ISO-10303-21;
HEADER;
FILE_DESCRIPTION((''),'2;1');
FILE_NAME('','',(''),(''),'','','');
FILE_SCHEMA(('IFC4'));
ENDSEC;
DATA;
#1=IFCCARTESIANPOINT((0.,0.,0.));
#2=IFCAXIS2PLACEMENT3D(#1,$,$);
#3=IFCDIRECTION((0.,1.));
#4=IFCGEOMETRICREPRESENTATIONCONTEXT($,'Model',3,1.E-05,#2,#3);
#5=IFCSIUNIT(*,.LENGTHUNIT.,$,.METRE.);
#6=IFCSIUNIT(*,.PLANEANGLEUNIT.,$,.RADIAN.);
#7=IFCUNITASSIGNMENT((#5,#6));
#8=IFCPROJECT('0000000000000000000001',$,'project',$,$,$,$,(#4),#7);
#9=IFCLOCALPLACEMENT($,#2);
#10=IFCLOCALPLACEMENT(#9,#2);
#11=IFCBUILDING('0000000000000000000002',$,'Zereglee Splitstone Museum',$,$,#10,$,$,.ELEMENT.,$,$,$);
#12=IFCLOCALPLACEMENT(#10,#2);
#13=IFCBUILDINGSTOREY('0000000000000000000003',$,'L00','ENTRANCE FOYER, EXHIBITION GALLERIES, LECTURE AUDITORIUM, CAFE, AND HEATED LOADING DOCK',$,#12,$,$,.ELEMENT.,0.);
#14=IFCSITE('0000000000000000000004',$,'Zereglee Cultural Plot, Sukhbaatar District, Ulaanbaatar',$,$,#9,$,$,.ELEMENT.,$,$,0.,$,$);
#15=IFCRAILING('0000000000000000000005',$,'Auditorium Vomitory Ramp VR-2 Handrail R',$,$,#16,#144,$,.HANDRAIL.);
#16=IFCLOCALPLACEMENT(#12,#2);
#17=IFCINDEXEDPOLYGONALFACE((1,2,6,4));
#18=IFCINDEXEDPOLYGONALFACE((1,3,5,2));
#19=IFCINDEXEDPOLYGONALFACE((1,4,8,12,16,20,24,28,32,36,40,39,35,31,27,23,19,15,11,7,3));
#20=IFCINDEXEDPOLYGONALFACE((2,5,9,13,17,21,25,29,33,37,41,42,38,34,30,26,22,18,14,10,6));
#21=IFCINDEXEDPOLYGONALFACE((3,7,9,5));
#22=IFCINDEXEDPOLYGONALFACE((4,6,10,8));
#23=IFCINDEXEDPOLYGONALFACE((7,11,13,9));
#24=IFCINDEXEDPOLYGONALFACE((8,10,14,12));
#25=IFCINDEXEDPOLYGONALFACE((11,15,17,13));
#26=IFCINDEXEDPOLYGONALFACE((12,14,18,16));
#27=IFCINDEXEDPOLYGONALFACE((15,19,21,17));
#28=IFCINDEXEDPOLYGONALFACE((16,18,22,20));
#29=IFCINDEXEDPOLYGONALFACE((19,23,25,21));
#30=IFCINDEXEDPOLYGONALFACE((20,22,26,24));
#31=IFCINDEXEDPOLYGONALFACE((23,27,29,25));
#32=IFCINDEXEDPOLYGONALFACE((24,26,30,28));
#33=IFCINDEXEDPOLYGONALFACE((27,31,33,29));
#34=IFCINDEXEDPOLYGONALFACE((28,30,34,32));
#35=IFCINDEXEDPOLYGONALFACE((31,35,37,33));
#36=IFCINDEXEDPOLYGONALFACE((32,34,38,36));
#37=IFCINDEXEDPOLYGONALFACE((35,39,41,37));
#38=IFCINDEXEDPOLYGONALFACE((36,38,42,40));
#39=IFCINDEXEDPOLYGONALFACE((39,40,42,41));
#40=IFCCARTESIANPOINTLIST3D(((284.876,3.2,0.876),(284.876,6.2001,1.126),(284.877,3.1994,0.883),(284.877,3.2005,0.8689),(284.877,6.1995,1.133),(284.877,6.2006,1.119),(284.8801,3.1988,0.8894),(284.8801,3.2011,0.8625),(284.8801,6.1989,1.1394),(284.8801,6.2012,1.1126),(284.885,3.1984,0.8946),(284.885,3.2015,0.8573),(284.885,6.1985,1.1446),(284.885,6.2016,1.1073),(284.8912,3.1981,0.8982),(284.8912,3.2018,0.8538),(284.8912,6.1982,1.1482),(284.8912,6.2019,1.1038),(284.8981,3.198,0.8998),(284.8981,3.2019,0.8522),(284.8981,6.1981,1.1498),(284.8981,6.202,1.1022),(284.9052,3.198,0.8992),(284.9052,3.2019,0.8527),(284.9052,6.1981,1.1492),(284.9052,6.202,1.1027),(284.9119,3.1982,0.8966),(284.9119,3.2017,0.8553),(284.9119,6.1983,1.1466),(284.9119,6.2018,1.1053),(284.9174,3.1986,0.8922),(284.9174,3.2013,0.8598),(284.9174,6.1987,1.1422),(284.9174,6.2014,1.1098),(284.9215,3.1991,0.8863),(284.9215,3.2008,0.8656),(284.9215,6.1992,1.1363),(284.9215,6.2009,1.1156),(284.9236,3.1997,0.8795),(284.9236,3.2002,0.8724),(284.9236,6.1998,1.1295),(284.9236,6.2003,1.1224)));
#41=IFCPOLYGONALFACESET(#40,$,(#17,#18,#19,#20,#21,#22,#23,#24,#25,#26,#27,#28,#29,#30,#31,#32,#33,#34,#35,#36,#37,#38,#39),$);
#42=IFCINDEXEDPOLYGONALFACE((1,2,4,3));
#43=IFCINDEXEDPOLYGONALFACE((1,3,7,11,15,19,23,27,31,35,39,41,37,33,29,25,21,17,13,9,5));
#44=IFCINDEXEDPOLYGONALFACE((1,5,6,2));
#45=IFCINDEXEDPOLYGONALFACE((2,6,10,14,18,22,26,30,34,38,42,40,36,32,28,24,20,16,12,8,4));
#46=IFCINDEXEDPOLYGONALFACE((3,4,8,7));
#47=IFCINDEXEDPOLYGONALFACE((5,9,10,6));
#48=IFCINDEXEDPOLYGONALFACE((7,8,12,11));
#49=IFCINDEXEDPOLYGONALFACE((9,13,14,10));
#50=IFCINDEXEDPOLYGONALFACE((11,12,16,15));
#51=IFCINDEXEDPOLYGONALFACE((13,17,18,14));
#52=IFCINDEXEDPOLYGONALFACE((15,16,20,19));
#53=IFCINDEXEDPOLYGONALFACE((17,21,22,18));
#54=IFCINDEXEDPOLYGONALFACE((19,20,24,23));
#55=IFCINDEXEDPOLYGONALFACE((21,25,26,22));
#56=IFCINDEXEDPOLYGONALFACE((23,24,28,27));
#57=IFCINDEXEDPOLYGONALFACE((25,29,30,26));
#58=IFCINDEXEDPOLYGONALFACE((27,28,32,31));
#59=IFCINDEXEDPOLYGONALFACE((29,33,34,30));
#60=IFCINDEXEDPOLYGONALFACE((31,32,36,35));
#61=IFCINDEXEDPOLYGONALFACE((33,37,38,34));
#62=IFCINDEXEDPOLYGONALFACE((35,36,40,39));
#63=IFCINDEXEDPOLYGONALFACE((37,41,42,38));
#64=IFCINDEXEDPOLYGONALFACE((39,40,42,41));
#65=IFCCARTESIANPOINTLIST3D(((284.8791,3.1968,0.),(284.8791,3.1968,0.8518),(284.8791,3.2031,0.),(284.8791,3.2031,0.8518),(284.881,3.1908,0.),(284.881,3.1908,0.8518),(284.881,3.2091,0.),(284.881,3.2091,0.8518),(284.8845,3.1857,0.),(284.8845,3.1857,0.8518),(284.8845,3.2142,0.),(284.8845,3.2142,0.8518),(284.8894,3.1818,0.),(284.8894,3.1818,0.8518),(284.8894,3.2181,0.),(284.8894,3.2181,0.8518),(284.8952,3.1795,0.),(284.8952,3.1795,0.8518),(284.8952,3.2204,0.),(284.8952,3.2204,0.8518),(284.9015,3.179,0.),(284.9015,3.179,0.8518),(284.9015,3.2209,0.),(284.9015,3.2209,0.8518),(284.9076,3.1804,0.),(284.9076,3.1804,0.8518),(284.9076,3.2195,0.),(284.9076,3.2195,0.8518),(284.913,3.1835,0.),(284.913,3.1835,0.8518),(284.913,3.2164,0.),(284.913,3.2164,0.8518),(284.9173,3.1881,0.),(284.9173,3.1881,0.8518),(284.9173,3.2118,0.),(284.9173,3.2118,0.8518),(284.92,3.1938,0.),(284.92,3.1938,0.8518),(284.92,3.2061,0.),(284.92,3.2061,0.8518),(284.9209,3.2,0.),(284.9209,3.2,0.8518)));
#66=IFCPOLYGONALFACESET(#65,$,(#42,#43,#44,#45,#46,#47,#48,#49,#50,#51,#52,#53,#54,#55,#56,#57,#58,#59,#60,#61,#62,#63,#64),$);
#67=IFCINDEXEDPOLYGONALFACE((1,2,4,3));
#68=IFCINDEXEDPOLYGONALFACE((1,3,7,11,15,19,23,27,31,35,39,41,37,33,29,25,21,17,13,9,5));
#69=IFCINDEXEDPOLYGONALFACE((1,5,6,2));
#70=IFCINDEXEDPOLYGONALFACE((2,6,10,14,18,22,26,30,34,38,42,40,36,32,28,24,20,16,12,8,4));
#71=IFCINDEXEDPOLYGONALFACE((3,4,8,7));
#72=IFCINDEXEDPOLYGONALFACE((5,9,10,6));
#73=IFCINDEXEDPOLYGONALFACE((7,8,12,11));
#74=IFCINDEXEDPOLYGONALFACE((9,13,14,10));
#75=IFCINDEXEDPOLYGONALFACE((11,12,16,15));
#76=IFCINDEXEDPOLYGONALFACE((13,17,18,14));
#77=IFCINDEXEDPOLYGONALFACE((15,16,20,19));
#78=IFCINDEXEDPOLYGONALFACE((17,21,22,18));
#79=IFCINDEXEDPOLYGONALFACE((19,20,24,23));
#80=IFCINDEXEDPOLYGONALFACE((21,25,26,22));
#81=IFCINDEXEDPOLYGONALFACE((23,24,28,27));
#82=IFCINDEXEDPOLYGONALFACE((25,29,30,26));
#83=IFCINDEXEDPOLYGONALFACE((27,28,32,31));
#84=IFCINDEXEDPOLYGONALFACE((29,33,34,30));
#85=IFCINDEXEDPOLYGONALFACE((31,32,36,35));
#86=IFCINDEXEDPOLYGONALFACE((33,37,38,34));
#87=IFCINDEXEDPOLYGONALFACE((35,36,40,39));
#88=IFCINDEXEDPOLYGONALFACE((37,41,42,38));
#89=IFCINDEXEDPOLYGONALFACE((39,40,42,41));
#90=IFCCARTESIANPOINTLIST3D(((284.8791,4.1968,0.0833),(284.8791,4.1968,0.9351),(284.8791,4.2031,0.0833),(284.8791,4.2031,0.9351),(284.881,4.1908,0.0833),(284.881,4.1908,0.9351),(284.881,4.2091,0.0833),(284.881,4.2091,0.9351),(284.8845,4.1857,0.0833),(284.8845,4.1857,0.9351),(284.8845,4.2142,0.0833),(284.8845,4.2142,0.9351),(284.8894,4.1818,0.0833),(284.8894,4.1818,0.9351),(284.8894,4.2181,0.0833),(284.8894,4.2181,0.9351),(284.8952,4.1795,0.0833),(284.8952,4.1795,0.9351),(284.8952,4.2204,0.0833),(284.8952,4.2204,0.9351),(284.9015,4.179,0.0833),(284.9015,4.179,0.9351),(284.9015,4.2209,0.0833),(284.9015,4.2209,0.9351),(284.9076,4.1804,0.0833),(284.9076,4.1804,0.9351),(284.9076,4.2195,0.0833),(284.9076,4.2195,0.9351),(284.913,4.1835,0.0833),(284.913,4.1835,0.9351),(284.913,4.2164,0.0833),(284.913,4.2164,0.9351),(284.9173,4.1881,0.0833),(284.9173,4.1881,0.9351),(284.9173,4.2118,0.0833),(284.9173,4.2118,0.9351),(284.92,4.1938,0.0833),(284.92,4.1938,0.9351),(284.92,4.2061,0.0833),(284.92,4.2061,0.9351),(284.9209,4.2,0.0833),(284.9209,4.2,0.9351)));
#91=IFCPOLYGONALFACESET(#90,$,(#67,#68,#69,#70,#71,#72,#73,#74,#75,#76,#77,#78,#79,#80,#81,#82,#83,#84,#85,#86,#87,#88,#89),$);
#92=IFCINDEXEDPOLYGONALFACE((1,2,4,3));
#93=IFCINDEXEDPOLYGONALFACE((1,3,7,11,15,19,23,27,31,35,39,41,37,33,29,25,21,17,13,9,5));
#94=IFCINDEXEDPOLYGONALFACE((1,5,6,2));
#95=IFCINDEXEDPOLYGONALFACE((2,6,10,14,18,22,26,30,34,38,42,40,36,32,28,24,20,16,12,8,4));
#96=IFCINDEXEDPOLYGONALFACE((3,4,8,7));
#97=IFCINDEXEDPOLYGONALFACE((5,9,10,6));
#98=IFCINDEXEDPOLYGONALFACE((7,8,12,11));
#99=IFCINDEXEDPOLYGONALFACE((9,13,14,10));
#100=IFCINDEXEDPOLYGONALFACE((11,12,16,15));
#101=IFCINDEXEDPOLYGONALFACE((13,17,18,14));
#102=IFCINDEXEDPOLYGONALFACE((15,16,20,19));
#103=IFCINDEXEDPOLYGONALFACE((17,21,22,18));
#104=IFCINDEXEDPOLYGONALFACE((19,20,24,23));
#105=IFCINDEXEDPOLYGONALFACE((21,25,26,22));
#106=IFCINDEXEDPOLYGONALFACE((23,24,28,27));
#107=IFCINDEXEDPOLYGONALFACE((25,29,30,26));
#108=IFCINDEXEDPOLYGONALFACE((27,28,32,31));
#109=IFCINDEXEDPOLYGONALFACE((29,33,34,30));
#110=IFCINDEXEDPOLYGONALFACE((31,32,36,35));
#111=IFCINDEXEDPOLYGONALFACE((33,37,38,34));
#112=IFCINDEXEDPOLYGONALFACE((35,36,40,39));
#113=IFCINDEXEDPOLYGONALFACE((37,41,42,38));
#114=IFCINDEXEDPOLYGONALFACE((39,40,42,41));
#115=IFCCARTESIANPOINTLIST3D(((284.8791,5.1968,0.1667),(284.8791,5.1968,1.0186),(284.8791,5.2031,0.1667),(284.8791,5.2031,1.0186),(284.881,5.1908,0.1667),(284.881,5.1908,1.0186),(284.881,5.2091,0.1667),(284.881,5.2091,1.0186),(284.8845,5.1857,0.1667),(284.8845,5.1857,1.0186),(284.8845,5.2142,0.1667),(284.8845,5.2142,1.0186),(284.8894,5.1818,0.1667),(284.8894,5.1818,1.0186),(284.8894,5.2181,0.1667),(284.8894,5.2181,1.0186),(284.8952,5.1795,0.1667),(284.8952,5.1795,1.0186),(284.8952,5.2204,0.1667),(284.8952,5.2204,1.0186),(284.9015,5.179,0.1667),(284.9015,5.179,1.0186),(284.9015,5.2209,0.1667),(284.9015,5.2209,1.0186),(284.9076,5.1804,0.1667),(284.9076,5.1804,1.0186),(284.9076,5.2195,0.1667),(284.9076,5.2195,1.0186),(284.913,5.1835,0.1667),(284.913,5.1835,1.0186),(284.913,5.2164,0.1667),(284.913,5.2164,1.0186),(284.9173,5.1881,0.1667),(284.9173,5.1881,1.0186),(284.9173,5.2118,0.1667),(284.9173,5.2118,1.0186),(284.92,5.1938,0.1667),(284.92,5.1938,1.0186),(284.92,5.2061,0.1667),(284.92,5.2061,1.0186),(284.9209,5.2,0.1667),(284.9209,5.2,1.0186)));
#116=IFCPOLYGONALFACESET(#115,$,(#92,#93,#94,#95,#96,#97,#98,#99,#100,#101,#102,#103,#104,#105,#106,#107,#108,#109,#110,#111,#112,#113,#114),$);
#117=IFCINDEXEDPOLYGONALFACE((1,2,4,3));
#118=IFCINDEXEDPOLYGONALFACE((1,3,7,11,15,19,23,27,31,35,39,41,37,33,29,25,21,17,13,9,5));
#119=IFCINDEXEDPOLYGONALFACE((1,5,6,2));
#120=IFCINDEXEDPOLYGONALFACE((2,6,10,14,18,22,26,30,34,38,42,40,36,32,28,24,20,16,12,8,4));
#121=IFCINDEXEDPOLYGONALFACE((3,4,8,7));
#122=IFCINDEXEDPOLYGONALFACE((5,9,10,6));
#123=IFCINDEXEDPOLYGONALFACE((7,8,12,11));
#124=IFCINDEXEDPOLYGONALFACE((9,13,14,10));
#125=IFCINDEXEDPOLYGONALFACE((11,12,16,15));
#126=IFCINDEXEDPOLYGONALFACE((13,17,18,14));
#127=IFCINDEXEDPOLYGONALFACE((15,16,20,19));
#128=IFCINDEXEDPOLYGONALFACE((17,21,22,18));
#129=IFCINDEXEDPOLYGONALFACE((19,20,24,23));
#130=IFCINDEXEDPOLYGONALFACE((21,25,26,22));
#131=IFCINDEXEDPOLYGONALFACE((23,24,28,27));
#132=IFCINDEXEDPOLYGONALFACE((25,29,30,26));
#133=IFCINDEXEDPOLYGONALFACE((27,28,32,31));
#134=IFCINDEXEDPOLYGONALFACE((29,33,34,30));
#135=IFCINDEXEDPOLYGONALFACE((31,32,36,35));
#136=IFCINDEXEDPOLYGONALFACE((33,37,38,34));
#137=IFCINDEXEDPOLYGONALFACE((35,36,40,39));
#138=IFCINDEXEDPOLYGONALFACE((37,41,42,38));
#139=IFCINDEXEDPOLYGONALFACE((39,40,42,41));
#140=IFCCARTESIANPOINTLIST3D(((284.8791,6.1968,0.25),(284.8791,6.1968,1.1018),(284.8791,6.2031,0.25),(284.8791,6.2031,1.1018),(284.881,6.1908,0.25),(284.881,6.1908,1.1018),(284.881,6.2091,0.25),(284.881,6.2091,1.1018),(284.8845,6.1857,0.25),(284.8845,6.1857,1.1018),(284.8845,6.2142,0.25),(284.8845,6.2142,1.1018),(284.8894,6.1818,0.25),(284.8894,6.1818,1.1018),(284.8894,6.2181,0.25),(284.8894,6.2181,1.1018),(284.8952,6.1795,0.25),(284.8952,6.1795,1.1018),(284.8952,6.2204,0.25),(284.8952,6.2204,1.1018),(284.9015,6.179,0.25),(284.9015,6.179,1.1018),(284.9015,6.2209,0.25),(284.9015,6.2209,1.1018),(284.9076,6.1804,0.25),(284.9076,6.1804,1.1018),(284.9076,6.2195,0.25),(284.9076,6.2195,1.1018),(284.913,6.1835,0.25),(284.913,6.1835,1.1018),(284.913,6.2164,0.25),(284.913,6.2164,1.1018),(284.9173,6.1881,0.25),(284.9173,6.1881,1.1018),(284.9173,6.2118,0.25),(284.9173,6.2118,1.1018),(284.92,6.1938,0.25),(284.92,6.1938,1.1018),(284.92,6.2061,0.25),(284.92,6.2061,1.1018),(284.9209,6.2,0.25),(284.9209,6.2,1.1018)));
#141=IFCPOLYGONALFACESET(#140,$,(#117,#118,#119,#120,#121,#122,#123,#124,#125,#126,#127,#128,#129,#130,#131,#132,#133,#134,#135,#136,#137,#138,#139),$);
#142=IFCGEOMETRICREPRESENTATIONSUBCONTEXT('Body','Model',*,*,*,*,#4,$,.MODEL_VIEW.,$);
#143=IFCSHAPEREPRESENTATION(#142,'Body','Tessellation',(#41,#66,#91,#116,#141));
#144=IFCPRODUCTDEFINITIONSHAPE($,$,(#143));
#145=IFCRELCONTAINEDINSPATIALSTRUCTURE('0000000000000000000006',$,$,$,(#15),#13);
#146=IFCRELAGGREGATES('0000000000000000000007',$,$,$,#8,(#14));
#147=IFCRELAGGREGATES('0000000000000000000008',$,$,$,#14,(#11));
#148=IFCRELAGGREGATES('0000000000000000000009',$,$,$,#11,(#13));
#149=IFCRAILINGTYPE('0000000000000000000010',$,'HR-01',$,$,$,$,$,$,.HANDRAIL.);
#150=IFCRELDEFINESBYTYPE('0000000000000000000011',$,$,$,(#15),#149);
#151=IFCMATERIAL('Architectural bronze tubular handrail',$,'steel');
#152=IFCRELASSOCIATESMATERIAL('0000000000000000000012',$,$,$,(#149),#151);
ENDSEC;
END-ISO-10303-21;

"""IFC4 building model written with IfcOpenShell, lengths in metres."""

from ifc_helpers import new_model, si_unit, direction, frame, origin, origin_2d, place, context, subcontext, project, spatial, circle, extrude, material, type_object, element, save


model = new_model("IFC4")

# Units and contexts
model_context = context("Model", 3, precision=1e-05, world=origin(), true_north=direction((0.0, 1.0)))
body_context = subcontext(model_context, "Body", "Model", "MODEL_VIEW")
ifc_project = project(units=[si_unit("LENGTHUNIT", "METRE"), si_unit("PLANEANGLEUNIT", "RADIAN")], contexts=[model_context])

# Site, building, storey
site_placement = place(None, origin())
site = spatial("IfcSite", under=ifc_project, at=site_placement, Name="Zereglee Cultural Plot, Sukhbaatar District, Ulaanbaatar", CompositionType="ELEMENT", RefElevation=0.0)
building_placement = place(site_placement, origin())
building = spatial("IfcBuilding", under=site, at=building_placement, Name="Zereglee Splitstone Museum", CompositionType="ELEMENT")
storey_placement = place(building_placement, origin())
storey = spatial("IfcBuildingStorey", under=building, at=storey_placement, Name="L00", Description="ENTRANCE FOYER, EXHIBITION GALLERIES, LECTURE AUDITORIUM, CAFE, AND HEATED LOADING DOCK", CompositionType="ELEMENT", Elevation=0.0)

# Railing
ifc_material_1 = material(Name="Architectural bronze tubular handrail", Category="steel")
railing_type = type_object("IfcRailingType", Name="HR-01", PredefinedType="HANDRAIL", material=ifc_material_1)
for number, where, name in (
    (1, (284.8999, 3.2, 0.0), "Auditorium Vomitory Ramp VR-2 Handrail R"),
):
    element("IfcRailing", number, at=place(storey_placement, frame(where)), inside=storey, type_object=railing_type, Name=name, PredefinedType="HANDRAIL", context=body_context, shape_type="SweptSolid", body=[
        extrude(circle(Radius=0.0239, at=origin_2d()), frame((0.0, 0.0, 0.876), z_axis=(0.0, 0.996546, 0.083045), x_axis=(-1.0, 0.0, 0.0)), (0.0, 0.0, 1.0), 3.0105),
        extrude(circle(Radius=0.021, at=origin_2d()), origin(), (0.0, 0.0, 1.0), 0.8518),
        extrude(circle(Radius=0.021, at=origin_2d()), frame((0.0, 1.0, 0.0833)), (0.0, 0.0, 1.0), 0.8518),
        extrude(circle(Radius=0.021, at=origin_2d()), frame((0.0, 2.0, 0.1667)), (0.0, 0.0, 1.0), 0.8518),
        extrude(circle(Radius=0.021, at=origin_2d()), frame((0.0, 3.0, 0.25)), (0.0, 0.0, 1.0), 0.8518),
    ])

save(model, "model.ifc")
